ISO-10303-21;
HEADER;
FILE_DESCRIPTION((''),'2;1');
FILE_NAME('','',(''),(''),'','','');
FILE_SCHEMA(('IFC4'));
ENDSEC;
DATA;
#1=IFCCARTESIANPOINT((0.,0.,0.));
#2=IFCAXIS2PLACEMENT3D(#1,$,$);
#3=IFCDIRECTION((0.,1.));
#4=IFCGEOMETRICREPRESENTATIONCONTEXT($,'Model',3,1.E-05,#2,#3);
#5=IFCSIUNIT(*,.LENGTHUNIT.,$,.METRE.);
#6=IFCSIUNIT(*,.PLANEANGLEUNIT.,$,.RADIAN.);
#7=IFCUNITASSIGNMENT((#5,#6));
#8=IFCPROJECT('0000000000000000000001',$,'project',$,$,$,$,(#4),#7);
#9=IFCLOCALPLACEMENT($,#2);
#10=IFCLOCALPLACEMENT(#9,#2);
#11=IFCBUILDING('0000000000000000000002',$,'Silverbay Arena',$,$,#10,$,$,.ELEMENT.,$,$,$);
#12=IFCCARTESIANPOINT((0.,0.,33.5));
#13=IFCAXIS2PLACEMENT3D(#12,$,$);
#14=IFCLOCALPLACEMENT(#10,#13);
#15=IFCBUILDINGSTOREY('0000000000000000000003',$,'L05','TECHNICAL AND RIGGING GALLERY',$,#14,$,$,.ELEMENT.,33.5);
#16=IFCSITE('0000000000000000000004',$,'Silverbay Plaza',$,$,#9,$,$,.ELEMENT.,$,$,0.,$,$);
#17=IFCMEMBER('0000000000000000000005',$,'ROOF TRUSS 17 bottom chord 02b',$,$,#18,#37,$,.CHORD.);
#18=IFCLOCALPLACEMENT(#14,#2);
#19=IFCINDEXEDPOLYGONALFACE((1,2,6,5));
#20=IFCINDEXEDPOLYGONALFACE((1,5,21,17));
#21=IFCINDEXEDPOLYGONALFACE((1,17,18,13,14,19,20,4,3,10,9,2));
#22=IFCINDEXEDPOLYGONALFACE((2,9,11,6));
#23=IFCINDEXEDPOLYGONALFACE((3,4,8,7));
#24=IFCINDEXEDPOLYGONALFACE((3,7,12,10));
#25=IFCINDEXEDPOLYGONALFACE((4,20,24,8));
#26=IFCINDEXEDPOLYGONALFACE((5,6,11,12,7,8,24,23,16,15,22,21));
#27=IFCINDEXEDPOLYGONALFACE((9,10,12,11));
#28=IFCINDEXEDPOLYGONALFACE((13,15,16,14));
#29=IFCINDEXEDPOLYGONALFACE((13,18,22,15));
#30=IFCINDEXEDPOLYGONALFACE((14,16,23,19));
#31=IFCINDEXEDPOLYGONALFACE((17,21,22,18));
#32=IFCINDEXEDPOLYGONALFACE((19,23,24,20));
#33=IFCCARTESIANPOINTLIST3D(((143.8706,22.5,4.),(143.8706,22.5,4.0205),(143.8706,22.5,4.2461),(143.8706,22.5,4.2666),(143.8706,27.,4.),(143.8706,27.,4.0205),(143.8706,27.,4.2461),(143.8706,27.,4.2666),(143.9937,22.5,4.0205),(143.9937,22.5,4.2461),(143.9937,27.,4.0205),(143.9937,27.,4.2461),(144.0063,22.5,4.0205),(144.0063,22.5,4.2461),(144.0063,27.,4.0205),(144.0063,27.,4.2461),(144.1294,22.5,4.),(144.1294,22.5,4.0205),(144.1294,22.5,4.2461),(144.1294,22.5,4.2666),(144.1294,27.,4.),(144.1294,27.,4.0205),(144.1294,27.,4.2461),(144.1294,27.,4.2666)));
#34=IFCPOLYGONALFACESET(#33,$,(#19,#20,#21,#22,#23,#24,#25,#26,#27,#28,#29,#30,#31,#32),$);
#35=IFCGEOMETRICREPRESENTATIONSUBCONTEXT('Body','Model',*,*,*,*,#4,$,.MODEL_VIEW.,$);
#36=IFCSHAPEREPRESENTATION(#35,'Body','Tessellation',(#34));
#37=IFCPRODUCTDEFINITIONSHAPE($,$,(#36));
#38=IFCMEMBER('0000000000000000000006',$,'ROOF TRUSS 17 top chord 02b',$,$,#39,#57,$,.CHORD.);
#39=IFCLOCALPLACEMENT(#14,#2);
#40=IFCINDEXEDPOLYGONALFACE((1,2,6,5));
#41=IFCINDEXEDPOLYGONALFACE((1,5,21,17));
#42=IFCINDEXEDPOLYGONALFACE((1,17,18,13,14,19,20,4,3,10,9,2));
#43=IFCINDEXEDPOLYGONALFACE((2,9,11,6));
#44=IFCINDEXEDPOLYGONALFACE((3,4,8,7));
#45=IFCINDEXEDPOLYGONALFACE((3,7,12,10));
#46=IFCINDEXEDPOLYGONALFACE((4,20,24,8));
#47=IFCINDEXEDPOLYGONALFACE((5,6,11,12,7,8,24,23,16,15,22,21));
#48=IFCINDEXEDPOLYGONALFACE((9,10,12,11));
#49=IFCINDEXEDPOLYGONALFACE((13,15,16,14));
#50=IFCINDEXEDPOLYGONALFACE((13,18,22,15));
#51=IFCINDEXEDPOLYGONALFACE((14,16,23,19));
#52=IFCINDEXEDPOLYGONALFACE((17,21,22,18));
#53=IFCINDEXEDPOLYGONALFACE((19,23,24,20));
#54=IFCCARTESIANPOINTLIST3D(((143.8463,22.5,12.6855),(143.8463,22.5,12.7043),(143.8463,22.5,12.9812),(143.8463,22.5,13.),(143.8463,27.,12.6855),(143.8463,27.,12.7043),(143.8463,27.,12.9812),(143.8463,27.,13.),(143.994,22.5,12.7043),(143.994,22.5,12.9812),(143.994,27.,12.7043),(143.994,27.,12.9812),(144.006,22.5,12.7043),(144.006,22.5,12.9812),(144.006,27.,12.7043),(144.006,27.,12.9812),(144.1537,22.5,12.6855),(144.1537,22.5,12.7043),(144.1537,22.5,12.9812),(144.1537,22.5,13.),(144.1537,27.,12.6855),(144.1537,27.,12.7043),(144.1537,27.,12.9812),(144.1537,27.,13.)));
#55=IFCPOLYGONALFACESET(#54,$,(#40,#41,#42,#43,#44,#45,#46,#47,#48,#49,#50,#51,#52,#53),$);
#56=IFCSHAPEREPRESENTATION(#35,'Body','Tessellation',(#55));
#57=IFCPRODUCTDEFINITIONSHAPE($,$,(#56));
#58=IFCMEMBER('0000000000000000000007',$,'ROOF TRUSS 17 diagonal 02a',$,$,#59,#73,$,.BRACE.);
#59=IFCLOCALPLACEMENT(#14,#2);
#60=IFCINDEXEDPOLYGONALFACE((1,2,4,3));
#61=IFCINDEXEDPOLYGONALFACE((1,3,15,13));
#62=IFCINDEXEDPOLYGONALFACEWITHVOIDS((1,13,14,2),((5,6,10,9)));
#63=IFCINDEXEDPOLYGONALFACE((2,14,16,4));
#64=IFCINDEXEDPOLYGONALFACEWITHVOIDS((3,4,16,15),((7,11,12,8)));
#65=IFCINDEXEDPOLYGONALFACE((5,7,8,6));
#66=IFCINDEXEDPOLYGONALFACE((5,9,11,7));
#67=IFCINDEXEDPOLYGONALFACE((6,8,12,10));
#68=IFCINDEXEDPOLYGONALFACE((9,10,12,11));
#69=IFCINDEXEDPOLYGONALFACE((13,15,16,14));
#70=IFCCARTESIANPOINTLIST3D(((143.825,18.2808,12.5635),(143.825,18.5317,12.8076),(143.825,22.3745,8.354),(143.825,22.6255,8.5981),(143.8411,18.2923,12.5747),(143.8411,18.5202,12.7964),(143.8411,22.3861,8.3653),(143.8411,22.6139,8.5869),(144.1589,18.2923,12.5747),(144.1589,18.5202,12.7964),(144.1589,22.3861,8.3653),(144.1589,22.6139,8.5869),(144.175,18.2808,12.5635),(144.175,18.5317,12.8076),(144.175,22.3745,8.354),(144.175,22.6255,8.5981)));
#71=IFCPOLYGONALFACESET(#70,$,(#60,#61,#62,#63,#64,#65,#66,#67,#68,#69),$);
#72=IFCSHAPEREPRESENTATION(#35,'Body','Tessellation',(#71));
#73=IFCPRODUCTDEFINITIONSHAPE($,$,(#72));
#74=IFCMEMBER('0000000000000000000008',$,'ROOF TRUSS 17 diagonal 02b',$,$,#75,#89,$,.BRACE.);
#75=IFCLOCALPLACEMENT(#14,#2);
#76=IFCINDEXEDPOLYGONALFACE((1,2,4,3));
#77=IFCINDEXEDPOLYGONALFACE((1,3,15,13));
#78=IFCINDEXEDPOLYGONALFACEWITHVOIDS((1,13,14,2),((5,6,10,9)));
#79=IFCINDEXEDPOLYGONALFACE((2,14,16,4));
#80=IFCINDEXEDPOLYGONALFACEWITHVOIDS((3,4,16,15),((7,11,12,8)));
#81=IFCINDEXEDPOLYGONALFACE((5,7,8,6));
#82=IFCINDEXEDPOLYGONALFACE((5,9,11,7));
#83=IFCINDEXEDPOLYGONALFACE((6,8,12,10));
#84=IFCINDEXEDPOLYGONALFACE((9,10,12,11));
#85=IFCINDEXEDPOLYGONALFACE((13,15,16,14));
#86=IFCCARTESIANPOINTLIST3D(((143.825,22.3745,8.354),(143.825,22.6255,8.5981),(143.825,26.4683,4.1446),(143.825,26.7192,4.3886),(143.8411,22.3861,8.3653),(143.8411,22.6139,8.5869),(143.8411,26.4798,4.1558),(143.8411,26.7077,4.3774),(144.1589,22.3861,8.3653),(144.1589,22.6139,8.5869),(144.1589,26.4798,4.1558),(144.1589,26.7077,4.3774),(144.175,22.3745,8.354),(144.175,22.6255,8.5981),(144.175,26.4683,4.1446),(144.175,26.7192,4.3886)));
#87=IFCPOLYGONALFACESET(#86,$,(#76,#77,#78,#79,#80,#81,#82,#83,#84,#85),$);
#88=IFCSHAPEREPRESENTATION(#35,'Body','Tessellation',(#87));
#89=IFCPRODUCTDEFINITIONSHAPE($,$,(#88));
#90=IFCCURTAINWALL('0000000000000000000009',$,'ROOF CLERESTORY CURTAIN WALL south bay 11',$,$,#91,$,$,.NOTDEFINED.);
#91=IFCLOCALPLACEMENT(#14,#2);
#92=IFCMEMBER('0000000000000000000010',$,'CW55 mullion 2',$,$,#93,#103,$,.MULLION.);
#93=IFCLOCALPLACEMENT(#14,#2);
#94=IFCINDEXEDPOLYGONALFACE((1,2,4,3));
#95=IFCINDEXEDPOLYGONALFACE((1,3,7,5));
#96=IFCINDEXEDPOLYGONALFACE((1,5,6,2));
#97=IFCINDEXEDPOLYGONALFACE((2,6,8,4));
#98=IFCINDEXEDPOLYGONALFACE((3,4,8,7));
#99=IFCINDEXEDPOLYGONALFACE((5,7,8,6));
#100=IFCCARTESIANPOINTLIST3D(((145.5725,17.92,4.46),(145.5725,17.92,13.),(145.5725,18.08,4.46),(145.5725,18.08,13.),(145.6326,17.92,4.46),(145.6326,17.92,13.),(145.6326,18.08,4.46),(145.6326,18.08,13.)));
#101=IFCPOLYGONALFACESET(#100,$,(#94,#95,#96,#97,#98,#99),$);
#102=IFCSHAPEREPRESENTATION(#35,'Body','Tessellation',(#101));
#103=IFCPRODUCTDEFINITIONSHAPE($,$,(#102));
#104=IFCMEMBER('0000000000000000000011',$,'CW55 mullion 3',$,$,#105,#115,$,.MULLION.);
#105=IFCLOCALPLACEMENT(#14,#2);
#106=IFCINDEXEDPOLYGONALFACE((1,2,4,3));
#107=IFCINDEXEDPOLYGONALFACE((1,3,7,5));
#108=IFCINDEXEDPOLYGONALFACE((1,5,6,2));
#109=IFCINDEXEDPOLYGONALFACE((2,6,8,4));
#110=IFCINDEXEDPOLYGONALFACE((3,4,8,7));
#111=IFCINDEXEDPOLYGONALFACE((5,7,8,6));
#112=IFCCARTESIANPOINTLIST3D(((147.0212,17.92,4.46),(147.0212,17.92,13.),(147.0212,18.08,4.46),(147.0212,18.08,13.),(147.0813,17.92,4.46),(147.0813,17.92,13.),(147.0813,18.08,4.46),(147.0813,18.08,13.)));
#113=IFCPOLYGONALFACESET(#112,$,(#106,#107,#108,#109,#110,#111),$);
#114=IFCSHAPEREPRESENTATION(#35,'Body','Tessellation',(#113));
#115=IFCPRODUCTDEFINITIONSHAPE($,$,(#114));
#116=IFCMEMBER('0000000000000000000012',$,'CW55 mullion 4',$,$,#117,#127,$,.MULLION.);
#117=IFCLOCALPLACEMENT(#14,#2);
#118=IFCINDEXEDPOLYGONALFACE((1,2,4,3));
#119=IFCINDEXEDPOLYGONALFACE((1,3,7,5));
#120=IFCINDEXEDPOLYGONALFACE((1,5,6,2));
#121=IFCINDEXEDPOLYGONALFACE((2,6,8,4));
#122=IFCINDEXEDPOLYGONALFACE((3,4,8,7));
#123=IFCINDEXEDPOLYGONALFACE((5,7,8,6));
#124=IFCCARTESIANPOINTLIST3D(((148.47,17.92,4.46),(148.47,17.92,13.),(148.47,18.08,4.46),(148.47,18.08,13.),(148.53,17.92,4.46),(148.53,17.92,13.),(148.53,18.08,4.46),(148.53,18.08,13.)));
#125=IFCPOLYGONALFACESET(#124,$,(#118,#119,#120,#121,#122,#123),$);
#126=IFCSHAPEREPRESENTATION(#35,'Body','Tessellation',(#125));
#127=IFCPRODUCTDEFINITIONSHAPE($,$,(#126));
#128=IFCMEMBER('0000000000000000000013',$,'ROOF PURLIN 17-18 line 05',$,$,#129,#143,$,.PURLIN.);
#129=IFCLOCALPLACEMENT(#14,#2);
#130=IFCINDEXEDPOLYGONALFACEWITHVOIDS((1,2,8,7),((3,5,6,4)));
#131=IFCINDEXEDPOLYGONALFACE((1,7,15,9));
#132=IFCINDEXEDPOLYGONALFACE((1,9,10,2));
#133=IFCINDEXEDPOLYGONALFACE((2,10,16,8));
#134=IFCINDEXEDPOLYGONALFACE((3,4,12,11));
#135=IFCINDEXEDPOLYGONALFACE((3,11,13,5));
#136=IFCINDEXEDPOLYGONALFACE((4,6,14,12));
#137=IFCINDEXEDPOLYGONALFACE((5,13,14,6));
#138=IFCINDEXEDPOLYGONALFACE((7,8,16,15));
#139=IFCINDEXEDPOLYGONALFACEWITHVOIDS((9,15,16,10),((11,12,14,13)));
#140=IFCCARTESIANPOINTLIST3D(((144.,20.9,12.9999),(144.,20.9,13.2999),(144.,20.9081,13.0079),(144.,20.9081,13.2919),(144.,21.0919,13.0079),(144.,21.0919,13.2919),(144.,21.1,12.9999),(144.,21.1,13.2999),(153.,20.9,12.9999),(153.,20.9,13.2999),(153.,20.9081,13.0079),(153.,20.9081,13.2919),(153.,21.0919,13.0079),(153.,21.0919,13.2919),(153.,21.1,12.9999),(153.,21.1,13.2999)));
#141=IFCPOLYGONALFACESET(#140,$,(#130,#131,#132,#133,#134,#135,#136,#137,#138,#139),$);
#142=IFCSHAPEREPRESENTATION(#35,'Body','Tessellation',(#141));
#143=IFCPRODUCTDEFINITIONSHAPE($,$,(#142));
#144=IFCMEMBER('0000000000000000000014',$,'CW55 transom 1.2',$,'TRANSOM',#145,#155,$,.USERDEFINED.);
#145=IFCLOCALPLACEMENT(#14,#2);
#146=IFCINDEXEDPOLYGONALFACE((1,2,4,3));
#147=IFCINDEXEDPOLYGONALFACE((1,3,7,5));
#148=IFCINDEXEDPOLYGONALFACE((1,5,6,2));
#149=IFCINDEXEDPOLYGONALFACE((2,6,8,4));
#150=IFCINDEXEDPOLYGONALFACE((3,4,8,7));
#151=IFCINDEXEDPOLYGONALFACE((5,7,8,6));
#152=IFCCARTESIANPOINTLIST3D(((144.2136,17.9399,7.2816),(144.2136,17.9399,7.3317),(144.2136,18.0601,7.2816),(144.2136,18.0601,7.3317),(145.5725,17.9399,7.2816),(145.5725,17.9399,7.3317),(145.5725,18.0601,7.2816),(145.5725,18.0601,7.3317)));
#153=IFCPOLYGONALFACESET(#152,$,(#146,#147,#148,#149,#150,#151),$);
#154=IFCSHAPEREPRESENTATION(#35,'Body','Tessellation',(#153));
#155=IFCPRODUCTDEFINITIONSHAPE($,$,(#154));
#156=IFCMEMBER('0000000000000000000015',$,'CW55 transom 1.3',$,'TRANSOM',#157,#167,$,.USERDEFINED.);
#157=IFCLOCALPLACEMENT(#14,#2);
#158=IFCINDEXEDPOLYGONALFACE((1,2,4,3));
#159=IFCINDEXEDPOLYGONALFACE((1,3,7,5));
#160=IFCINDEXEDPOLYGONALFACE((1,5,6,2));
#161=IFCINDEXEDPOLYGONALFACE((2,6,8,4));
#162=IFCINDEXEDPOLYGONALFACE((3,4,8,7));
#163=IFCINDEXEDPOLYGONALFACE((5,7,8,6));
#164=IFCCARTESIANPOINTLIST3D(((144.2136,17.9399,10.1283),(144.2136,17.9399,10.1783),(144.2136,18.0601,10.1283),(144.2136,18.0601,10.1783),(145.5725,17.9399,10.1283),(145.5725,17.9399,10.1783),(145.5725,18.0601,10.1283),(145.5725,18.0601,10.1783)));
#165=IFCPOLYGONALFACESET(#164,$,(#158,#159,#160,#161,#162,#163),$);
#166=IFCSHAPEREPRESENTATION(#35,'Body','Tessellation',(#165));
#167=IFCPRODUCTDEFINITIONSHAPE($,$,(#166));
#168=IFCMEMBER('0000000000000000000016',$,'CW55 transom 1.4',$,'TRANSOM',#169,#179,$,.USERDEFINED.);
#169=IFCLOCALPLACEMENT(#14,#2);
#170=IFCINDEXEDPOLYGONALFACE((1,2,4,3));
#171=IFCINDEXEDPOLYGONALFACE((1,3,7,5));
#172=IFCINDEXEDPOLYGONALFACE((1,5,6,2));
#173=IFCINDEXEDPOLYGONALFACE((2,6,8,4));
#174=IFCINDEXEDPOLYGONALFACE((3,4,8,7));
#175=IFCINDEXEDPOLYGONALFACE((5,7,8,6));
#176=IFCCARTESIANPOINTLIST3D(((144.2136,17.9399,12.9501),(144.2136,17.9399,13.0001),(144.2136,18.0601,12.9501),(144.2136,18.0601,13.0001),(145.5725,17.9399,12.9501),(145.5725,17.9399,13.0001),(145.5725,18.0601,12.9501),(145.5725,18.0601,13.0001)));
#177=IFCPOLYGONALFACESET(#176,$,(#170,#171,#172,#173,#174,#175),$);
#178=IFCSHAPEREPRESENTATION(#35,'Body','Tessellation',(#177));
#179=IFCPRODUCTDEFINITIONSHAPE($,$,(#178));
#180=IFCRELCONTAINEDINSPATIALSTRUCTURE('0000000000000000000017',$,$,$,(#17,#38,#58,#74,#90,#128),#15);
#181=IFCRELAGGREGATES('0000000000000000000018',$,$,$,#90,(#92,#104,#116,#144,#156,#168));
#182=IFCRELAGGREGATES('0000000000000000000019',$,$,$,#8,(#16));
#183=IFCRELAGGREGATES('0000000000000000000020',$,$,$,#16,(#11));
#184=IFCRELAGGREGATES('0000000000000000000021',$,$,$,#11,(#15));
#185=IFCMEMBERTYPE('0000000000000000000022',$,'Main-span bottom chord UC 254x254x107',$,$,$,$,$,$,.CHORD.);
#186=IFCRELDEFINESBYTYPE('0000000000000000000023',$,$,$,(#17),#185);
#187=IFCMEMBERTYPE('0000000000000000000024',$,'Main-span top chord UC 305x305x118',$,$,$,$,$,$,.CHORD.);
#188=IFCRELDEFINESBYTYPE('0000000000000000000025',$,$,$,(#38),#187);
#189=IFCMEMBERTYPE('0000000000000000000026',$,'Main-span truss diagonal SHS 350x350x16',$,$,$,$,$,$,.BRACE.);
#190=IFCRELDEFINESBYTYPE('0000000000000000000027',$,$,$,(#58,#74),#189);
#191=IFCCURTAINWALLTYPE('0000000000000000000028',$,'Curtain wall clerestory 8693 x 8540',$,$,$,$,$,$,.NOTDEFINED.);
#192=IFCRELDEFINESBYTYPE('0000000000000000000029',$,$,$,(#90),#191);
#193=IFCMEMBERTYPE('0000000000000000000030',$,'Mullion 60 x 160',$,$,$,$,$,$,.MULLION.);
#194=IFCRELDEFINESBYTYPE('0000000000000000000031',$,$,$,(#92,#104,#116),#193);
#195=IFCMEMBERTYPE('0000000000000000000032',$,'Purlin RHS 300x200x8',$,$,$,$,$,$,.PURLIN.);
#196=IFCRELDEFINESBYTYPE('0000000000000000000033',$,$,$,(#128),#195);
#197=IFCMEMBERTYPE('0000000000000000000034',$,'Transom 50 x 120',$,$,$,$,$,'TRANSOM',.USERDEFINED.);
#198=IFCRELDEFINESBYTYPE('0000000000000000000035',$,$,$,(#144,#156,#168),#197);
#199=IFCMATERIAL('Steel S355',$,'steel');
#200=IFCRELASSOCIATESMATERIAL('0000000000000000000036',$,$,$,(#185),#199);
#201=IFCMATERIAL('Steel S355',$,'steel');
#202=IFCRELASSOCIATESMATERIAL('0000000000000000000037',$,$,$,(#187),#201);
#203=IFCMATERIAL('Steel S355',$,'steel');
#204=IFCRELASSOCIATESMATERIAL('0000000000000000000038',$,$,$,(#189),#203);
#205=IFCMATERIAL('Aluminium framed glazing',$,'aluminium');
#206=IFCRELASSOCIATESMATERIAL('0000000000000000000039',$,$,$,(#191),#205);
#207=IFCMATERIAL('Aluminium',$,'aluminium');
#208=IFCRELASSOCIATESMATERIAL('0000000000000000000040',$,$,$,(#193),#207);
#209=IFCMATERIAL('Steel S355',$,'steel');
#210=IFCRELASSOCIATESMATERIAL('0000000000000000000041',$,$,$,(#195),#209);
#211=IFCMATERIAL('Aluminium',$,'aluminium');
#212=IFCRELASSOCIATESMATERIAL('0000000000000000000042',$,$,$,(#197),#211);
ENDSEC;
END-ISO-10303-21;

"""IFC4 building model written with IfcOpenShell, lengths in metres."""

from ifc_helpers import new_model, si_unit, direction, frame, origin, origin_2d, place, context, subcontext, project, spatial, rectangle, hollow_rectangle, i_section, extrude, material, material_profile, profile_set, type_object, element, aggregate, save


model = new_model("IFC4")

# Units and contexts
model_context = context("Model", 3, precision=1e-05, world=origin(), true_north=direction((0.0, 1.0)))
body_context = subcontext(model_context, "Body", "Model", "MODEL_VIEW")
ifc_project = project(units=[si_unit("LENGTHUNIT", "METRE"), si_unit("PLANEANGLEUNIT", "RADIAN")], contexts=[model_context])

# Site, building, storey
site_placement = place(None, origin())
site = spatial("IfcSite", under=ifc_project, at=site_placement, Name="Silverbay Plaza", CompositionType="ELEMENT", RefElevation=0.0)
building_placement = place(site_placement, origin())
building = spatial("IfcBuilding", under=site, at=building_placement, Name="Silverbay Arena", CompositionType="ELEMENT")
storey_placement = place(building_placement, frame((0.0, 0.0, 33.5)))
storey = spatial("IfcBuildingStorey", under=building, at=storey_placement, Name="L05", Description="TECHNICAL AND RIGGING GALLERY", CompositionType="ELEMENT", Elevation=33.5)

# Members
ifc_material_1 = material(Name="Steel S355", Category="steel")
ifc_material_profile_1 = material_profile(ifc_material_1, i_section(OverallWidth=0.2588, OverallDepth=0.2666, WebThickness=0.0127, FlangeThickness=0.0205, at=origin_2d()), Name="UC 254x254x107")
ifc_profile_set_1 = profile_set([ifc_material_profile_1], Name="Steel S355")
member_type_1 = type_object("IfcMemberType", Name="Main-span bottom chord UC 254x254x107", PredefinedType="CHORD", material=ifc_profile_set_1)
member_1_placement = place(storey_placement, frame((144.0, 22.5, 4.1333), z_axis=(0.0, 1.0, 0.0), x_axis=(-1.0, 0.0, 0.0)))
element("IfcMember", 1, at=member_1_placement, inside=storey, type_object=member_type_1, Name="ROOF TRUSS 17 bottom chord 02b", PredefinedType="CHORD", context=body_context, shape_type="SweptSolid", body=[
    extrude(i_section(OverallWidth=0.2588, OverallDepth=0.2666, WebThickness=0.0127, FlangeThickness=0.0205, at=origin_2d()), origin(), (0.0, 0.0, 1.0), 4.5),
])
ifc_material_2 = material(Name="Steel S355", Category="steel")
ifc_material_profile_2 = material_profile(ifc_material_2, i_section(OverallWidth=0.3074, OverallDepth=0.3145, WebThickness=0.012, FlangeThickness=0.0188, at=origin_2d()), Name="UC 305x305x118")
ifc_profile_set_2 = profile_set([ifc_material_profile_2], Name="Steel S355")
member_type_2 = type_object("IfcMemberType", Name="Main-span top chord UC 305x305x118", PredefinedType="CHORD", material=ifc_profile_set_2)
member_2_placement = place(storey_placement, frame((144.0, 22.5, 12.8428), z_axis=(0.0, 1.0, 0.0), x_axis=(-1.0, 0.0, 0.0)))
element("IfcMember", 2, at=member_2_placement, inside=storey, type_object=member_type_2, Name="ROOF TRUSS 17 top chord 02b", PredefinedType="CHORD", context=body_context, shape_type="SweptSolid", body=[
    extrude(i_section(OverallWidth=0.3074, OverallDepth=0.3145, WebThickness=0.012, FlangeThickness=0.0188, at=origin_2d()), origin(), (0.0, 0.0, 1.0), 4.5),
])
ifc_material_3 = material(Name="Steel S355", Category="steel")
ifc_material_profile_3 = material_profile(ifc_material_3, hollow_rectangle(XDim=0.3501, YDim=0.3501, WallThickness=0.0161, at=origin_2d()), Name="SHS 350x350x16")
ifc_profile_set_3 = profile_set([ifc_material_profile_3], Name="Steel S355")
member_type_3 = type_object("IfcMemberType", Name="Main-span truss diagonal SHS 350x350x16", PredefinedType="BRACE", material=ifc_profile_set_3)
for number, where, z_axis, x_axis, name in (
    (3, (144.0, 18.4062, 12.6855), (0.0, 0.697184, -0.716892), (-1.0, 0.0, 0.0), "ROOF TRUSS 17 diagonal 02a"),
    (4, (144.0, 22.5, 8.4761), (0.0, 0.697184, -0.716892), (-1.0, 0.0, 0.0), "ROOF TRUSS 17 diagonal 02b"),
):
    element("IfcMember", number, at=place(storey_placement, frame(where, z_axis=z_axis, x_axis=x_axis)), inside=storey, type_object=member_type_3, Name=name, PredefinedType="BRACE", context=body_context, shape_type="SweptSolid", body=[
        extrude(hollow_rectangle(XDim=0.3501, YDim=0.3501, WallThickness=0.0161, at=origin_2d()), origin(), (0.0, 0.0, 1.0), 5.8718),
    ])

# Curtain wall, members
ifc_material_4 = material(Name="Aluminium framed glazing", Category="aluminium")
curtain_wall_type = type_object("IfcCurtainWallType", Name="Curtain wall clerestory 8693 x 8540", PredefinedType="NOTDEFINED", material=ifc_material_4)
curtain_wall_placement = place(storey_placement, origin())
curtain_wall = element("IfcCurtainWall", 5, at=curtain_wall_placement, inside=storey, type_object=curtain_wall_type, Name="ROOF CLERESTORY CURTAIN WALL south bay 11", PredefinedType="NOTDEFINED")
ifc_material_5 = material(Name="Aluminium", Category="aluminium")
ifc_material_profile_4 = material_profile(ifc_material_5, rectangle(XDim=0.1599, YDim=0.0601, at=origin_2d()), Name="Mullion 60 x 160")
ifc_profile_set_4 = profile_set([ifc_material_profile_4], Name="Aluminium")
member_type_4 = type_object("IfcMemberType", Name="Mullion 60 x 160", PredefinedType="MULLION", material=ifc_profile_set_4)
member_3_placement = place(storey_placement, frame((145.6025, 18.0, 4.46), z_axis=(0.0, 0.0, 1.0), x_axis=(0.0, 1.0, 0.0)))
member_3 = element("IfcMember", 6, at=member_3_placement, type_object=member_type_4, Name="CW55 mullion 2", PredefinedType="MULLION", context=body_context, shape_type="SweptSolid", body=[
    extrude(rectangle(XDim=0.1599, YDim=0.0601, at=origin_2d()), origin(), (0.0, 0.0, 1.0), 8.54),
])
member_4_placement = place(storey_placement, frame((147.0513, 18.0, 4.46), z_axis=(0.0, 0.0, 1.0), x_axis=(0.0, 1.0, 0.0)))
member_4 = element("IfcMember", 7, at=member_4_placement, type_object=member_type_4, Name="CW55 mullion 3", PredefinedType="MULLION", context=body_context, shape_type="SweptSolid", body=[
    extrude(rectangle(XDim=0.1599, YDim=0.0601, at=origin_2d()), origin(), (0.0, 0.0, 1.0), 8.54),
])
member_5_placement = place(storey_placement, frame((148.5, 18.0, 4.46), z_axis=(0.0, 0.0, 1.0), x_axis=(0.0, 1.0, 0.0)))
member_5 = element("IfcMember", 8, at=member_5_placement, type_object=member_type_4, Name="CW55 mullion 4", PredefinedType="MULLION", context=body_context, shape_type="SweptSolid", body=[
    extrude(rectangle(XDim=0.1599, YDim=0.0601, at=origin_2d()), origin(), (0.0, 0.0, 1.0), 8.54),
])

# Members
ifc_material_6 = material(Name="Steel S355", Category="steel")
ifc_material_profile_5 = material_profile(ifc_material_6, hollow_rectangle(XDim=0.2, YDim=0.3, WallThickness=0.0081, at=origin_2d()), Name="RHS 300x200x8")
ifc_profile_set_5 = profile_set([ifc_material_profile_5], Name="Steel S355")
member_type_5 = type_object("IfcMemberType", Name="Purlin RHS 300x200x8", PredefinedType="PURLIN", material=ifc_profile_set_5)
member_6_placement = place(storey_placement, frame((144.0, 21.0, 13.1499), z_axis=(1.0, 0.0, 0.0), x_axis=(0.0, 1.0, 0.0)))
element("IfcMember", 9, at=member_6_placement, inside=storey, type_object=member_type_5, Name="ROOF PURLIN 17-18 line 05", PredefinedType="PURLIN", context=body_context, shape_type="SweptSolid", body=[
    extrude(hollow_rectangle(XDim=0.2, YDim=0.3, WallThickness=0.0081, at=origin_2d()), origin(), (0.0, 0.0, 1.0), 9.0),
])
ifc_material_7 = material(Name="Aluminium", Category="aluminium")
ifc_material_profile_6 = material_profile(ifc_material_7, rectangle(XDim=0.1201, YDim=0.05, at=origin_2d()), Name="Transom 50 x 120")
ifc_profile_set_6 = profile_set([ifc_material_profile_6], Name="Aluminium")
member_type_6 = type_object("IfcMemberType", Name="Transom 50 x 120", ElementType="TRANSOM", PredefinedType="USERDEFINED", material=ifc_profile_set_6)
member_7_placement = place(storey_placement, frame((144.2136, 18.0, 7.3066), z_axis=(1.0, 0.0, 0.0), x_axis=(0.0, 1.0, 0.0)))
member_7 = element("IfcMember", 10, at=member_7_placement, type_object=member_type_6, Name="CW55 transom 1.2", ObjectType="TRANSOM", PredefinedType="USERDEFINED", context=body_context, shape_type="SweptSolid", body=[
    extrude(rectangle(XDim=0.1201, YDim=0.05, at=origin_2d()), origin(), (0.0, 0.0, 1.0), 1.3589),
])
member_8_placement = place(storey_placement, frame((144.2136, 18.0, 10.1533), z_axis=(1.0, 0.0, 0.0), x_axis=(0.0, 1.0, 0.0)))
member_8 = element("IfcMember", 11, at=member_8_placement, type_object=member_type_6, Name="CW55 transom 1.3", ObjectType="TRANSOM", PredefinedType="USERDEFINED", context=body_context, shape_type="SweptSolid", body=[
    extrude(rectangle(XDim=0.1201, YDim=0.05, at=origin_2d()), origin(), (0.0, 0.0, 1.0), 1.3589),
])
member_9_placement = place(storey_placement, frame((144.2136, 18.0, 12.9751), z_axis=(1.0, 0.0, 0.0), x_axis=(0.0, 1.0, 0.0)))
member_9 = element("IfcMember", 12, at=member_9_placement, type_object=member_type_6, Name="CW55 transom 1.4", ObjectType="TRANSOM", PredefinedType="USERDEFINED", context=body_context, shape_type="SweptSolid", body=[
    extrude(rectangle(XDim=0.1201, YDim=0.05, at=origin_2d()), origin(), (0.0, 0.0, 1.0), 1.3589),
])

aggregate(curtain_wall, [member_3, member_4, member_5, member_7, member_8, member_9])

save(model, "model.ifc")
